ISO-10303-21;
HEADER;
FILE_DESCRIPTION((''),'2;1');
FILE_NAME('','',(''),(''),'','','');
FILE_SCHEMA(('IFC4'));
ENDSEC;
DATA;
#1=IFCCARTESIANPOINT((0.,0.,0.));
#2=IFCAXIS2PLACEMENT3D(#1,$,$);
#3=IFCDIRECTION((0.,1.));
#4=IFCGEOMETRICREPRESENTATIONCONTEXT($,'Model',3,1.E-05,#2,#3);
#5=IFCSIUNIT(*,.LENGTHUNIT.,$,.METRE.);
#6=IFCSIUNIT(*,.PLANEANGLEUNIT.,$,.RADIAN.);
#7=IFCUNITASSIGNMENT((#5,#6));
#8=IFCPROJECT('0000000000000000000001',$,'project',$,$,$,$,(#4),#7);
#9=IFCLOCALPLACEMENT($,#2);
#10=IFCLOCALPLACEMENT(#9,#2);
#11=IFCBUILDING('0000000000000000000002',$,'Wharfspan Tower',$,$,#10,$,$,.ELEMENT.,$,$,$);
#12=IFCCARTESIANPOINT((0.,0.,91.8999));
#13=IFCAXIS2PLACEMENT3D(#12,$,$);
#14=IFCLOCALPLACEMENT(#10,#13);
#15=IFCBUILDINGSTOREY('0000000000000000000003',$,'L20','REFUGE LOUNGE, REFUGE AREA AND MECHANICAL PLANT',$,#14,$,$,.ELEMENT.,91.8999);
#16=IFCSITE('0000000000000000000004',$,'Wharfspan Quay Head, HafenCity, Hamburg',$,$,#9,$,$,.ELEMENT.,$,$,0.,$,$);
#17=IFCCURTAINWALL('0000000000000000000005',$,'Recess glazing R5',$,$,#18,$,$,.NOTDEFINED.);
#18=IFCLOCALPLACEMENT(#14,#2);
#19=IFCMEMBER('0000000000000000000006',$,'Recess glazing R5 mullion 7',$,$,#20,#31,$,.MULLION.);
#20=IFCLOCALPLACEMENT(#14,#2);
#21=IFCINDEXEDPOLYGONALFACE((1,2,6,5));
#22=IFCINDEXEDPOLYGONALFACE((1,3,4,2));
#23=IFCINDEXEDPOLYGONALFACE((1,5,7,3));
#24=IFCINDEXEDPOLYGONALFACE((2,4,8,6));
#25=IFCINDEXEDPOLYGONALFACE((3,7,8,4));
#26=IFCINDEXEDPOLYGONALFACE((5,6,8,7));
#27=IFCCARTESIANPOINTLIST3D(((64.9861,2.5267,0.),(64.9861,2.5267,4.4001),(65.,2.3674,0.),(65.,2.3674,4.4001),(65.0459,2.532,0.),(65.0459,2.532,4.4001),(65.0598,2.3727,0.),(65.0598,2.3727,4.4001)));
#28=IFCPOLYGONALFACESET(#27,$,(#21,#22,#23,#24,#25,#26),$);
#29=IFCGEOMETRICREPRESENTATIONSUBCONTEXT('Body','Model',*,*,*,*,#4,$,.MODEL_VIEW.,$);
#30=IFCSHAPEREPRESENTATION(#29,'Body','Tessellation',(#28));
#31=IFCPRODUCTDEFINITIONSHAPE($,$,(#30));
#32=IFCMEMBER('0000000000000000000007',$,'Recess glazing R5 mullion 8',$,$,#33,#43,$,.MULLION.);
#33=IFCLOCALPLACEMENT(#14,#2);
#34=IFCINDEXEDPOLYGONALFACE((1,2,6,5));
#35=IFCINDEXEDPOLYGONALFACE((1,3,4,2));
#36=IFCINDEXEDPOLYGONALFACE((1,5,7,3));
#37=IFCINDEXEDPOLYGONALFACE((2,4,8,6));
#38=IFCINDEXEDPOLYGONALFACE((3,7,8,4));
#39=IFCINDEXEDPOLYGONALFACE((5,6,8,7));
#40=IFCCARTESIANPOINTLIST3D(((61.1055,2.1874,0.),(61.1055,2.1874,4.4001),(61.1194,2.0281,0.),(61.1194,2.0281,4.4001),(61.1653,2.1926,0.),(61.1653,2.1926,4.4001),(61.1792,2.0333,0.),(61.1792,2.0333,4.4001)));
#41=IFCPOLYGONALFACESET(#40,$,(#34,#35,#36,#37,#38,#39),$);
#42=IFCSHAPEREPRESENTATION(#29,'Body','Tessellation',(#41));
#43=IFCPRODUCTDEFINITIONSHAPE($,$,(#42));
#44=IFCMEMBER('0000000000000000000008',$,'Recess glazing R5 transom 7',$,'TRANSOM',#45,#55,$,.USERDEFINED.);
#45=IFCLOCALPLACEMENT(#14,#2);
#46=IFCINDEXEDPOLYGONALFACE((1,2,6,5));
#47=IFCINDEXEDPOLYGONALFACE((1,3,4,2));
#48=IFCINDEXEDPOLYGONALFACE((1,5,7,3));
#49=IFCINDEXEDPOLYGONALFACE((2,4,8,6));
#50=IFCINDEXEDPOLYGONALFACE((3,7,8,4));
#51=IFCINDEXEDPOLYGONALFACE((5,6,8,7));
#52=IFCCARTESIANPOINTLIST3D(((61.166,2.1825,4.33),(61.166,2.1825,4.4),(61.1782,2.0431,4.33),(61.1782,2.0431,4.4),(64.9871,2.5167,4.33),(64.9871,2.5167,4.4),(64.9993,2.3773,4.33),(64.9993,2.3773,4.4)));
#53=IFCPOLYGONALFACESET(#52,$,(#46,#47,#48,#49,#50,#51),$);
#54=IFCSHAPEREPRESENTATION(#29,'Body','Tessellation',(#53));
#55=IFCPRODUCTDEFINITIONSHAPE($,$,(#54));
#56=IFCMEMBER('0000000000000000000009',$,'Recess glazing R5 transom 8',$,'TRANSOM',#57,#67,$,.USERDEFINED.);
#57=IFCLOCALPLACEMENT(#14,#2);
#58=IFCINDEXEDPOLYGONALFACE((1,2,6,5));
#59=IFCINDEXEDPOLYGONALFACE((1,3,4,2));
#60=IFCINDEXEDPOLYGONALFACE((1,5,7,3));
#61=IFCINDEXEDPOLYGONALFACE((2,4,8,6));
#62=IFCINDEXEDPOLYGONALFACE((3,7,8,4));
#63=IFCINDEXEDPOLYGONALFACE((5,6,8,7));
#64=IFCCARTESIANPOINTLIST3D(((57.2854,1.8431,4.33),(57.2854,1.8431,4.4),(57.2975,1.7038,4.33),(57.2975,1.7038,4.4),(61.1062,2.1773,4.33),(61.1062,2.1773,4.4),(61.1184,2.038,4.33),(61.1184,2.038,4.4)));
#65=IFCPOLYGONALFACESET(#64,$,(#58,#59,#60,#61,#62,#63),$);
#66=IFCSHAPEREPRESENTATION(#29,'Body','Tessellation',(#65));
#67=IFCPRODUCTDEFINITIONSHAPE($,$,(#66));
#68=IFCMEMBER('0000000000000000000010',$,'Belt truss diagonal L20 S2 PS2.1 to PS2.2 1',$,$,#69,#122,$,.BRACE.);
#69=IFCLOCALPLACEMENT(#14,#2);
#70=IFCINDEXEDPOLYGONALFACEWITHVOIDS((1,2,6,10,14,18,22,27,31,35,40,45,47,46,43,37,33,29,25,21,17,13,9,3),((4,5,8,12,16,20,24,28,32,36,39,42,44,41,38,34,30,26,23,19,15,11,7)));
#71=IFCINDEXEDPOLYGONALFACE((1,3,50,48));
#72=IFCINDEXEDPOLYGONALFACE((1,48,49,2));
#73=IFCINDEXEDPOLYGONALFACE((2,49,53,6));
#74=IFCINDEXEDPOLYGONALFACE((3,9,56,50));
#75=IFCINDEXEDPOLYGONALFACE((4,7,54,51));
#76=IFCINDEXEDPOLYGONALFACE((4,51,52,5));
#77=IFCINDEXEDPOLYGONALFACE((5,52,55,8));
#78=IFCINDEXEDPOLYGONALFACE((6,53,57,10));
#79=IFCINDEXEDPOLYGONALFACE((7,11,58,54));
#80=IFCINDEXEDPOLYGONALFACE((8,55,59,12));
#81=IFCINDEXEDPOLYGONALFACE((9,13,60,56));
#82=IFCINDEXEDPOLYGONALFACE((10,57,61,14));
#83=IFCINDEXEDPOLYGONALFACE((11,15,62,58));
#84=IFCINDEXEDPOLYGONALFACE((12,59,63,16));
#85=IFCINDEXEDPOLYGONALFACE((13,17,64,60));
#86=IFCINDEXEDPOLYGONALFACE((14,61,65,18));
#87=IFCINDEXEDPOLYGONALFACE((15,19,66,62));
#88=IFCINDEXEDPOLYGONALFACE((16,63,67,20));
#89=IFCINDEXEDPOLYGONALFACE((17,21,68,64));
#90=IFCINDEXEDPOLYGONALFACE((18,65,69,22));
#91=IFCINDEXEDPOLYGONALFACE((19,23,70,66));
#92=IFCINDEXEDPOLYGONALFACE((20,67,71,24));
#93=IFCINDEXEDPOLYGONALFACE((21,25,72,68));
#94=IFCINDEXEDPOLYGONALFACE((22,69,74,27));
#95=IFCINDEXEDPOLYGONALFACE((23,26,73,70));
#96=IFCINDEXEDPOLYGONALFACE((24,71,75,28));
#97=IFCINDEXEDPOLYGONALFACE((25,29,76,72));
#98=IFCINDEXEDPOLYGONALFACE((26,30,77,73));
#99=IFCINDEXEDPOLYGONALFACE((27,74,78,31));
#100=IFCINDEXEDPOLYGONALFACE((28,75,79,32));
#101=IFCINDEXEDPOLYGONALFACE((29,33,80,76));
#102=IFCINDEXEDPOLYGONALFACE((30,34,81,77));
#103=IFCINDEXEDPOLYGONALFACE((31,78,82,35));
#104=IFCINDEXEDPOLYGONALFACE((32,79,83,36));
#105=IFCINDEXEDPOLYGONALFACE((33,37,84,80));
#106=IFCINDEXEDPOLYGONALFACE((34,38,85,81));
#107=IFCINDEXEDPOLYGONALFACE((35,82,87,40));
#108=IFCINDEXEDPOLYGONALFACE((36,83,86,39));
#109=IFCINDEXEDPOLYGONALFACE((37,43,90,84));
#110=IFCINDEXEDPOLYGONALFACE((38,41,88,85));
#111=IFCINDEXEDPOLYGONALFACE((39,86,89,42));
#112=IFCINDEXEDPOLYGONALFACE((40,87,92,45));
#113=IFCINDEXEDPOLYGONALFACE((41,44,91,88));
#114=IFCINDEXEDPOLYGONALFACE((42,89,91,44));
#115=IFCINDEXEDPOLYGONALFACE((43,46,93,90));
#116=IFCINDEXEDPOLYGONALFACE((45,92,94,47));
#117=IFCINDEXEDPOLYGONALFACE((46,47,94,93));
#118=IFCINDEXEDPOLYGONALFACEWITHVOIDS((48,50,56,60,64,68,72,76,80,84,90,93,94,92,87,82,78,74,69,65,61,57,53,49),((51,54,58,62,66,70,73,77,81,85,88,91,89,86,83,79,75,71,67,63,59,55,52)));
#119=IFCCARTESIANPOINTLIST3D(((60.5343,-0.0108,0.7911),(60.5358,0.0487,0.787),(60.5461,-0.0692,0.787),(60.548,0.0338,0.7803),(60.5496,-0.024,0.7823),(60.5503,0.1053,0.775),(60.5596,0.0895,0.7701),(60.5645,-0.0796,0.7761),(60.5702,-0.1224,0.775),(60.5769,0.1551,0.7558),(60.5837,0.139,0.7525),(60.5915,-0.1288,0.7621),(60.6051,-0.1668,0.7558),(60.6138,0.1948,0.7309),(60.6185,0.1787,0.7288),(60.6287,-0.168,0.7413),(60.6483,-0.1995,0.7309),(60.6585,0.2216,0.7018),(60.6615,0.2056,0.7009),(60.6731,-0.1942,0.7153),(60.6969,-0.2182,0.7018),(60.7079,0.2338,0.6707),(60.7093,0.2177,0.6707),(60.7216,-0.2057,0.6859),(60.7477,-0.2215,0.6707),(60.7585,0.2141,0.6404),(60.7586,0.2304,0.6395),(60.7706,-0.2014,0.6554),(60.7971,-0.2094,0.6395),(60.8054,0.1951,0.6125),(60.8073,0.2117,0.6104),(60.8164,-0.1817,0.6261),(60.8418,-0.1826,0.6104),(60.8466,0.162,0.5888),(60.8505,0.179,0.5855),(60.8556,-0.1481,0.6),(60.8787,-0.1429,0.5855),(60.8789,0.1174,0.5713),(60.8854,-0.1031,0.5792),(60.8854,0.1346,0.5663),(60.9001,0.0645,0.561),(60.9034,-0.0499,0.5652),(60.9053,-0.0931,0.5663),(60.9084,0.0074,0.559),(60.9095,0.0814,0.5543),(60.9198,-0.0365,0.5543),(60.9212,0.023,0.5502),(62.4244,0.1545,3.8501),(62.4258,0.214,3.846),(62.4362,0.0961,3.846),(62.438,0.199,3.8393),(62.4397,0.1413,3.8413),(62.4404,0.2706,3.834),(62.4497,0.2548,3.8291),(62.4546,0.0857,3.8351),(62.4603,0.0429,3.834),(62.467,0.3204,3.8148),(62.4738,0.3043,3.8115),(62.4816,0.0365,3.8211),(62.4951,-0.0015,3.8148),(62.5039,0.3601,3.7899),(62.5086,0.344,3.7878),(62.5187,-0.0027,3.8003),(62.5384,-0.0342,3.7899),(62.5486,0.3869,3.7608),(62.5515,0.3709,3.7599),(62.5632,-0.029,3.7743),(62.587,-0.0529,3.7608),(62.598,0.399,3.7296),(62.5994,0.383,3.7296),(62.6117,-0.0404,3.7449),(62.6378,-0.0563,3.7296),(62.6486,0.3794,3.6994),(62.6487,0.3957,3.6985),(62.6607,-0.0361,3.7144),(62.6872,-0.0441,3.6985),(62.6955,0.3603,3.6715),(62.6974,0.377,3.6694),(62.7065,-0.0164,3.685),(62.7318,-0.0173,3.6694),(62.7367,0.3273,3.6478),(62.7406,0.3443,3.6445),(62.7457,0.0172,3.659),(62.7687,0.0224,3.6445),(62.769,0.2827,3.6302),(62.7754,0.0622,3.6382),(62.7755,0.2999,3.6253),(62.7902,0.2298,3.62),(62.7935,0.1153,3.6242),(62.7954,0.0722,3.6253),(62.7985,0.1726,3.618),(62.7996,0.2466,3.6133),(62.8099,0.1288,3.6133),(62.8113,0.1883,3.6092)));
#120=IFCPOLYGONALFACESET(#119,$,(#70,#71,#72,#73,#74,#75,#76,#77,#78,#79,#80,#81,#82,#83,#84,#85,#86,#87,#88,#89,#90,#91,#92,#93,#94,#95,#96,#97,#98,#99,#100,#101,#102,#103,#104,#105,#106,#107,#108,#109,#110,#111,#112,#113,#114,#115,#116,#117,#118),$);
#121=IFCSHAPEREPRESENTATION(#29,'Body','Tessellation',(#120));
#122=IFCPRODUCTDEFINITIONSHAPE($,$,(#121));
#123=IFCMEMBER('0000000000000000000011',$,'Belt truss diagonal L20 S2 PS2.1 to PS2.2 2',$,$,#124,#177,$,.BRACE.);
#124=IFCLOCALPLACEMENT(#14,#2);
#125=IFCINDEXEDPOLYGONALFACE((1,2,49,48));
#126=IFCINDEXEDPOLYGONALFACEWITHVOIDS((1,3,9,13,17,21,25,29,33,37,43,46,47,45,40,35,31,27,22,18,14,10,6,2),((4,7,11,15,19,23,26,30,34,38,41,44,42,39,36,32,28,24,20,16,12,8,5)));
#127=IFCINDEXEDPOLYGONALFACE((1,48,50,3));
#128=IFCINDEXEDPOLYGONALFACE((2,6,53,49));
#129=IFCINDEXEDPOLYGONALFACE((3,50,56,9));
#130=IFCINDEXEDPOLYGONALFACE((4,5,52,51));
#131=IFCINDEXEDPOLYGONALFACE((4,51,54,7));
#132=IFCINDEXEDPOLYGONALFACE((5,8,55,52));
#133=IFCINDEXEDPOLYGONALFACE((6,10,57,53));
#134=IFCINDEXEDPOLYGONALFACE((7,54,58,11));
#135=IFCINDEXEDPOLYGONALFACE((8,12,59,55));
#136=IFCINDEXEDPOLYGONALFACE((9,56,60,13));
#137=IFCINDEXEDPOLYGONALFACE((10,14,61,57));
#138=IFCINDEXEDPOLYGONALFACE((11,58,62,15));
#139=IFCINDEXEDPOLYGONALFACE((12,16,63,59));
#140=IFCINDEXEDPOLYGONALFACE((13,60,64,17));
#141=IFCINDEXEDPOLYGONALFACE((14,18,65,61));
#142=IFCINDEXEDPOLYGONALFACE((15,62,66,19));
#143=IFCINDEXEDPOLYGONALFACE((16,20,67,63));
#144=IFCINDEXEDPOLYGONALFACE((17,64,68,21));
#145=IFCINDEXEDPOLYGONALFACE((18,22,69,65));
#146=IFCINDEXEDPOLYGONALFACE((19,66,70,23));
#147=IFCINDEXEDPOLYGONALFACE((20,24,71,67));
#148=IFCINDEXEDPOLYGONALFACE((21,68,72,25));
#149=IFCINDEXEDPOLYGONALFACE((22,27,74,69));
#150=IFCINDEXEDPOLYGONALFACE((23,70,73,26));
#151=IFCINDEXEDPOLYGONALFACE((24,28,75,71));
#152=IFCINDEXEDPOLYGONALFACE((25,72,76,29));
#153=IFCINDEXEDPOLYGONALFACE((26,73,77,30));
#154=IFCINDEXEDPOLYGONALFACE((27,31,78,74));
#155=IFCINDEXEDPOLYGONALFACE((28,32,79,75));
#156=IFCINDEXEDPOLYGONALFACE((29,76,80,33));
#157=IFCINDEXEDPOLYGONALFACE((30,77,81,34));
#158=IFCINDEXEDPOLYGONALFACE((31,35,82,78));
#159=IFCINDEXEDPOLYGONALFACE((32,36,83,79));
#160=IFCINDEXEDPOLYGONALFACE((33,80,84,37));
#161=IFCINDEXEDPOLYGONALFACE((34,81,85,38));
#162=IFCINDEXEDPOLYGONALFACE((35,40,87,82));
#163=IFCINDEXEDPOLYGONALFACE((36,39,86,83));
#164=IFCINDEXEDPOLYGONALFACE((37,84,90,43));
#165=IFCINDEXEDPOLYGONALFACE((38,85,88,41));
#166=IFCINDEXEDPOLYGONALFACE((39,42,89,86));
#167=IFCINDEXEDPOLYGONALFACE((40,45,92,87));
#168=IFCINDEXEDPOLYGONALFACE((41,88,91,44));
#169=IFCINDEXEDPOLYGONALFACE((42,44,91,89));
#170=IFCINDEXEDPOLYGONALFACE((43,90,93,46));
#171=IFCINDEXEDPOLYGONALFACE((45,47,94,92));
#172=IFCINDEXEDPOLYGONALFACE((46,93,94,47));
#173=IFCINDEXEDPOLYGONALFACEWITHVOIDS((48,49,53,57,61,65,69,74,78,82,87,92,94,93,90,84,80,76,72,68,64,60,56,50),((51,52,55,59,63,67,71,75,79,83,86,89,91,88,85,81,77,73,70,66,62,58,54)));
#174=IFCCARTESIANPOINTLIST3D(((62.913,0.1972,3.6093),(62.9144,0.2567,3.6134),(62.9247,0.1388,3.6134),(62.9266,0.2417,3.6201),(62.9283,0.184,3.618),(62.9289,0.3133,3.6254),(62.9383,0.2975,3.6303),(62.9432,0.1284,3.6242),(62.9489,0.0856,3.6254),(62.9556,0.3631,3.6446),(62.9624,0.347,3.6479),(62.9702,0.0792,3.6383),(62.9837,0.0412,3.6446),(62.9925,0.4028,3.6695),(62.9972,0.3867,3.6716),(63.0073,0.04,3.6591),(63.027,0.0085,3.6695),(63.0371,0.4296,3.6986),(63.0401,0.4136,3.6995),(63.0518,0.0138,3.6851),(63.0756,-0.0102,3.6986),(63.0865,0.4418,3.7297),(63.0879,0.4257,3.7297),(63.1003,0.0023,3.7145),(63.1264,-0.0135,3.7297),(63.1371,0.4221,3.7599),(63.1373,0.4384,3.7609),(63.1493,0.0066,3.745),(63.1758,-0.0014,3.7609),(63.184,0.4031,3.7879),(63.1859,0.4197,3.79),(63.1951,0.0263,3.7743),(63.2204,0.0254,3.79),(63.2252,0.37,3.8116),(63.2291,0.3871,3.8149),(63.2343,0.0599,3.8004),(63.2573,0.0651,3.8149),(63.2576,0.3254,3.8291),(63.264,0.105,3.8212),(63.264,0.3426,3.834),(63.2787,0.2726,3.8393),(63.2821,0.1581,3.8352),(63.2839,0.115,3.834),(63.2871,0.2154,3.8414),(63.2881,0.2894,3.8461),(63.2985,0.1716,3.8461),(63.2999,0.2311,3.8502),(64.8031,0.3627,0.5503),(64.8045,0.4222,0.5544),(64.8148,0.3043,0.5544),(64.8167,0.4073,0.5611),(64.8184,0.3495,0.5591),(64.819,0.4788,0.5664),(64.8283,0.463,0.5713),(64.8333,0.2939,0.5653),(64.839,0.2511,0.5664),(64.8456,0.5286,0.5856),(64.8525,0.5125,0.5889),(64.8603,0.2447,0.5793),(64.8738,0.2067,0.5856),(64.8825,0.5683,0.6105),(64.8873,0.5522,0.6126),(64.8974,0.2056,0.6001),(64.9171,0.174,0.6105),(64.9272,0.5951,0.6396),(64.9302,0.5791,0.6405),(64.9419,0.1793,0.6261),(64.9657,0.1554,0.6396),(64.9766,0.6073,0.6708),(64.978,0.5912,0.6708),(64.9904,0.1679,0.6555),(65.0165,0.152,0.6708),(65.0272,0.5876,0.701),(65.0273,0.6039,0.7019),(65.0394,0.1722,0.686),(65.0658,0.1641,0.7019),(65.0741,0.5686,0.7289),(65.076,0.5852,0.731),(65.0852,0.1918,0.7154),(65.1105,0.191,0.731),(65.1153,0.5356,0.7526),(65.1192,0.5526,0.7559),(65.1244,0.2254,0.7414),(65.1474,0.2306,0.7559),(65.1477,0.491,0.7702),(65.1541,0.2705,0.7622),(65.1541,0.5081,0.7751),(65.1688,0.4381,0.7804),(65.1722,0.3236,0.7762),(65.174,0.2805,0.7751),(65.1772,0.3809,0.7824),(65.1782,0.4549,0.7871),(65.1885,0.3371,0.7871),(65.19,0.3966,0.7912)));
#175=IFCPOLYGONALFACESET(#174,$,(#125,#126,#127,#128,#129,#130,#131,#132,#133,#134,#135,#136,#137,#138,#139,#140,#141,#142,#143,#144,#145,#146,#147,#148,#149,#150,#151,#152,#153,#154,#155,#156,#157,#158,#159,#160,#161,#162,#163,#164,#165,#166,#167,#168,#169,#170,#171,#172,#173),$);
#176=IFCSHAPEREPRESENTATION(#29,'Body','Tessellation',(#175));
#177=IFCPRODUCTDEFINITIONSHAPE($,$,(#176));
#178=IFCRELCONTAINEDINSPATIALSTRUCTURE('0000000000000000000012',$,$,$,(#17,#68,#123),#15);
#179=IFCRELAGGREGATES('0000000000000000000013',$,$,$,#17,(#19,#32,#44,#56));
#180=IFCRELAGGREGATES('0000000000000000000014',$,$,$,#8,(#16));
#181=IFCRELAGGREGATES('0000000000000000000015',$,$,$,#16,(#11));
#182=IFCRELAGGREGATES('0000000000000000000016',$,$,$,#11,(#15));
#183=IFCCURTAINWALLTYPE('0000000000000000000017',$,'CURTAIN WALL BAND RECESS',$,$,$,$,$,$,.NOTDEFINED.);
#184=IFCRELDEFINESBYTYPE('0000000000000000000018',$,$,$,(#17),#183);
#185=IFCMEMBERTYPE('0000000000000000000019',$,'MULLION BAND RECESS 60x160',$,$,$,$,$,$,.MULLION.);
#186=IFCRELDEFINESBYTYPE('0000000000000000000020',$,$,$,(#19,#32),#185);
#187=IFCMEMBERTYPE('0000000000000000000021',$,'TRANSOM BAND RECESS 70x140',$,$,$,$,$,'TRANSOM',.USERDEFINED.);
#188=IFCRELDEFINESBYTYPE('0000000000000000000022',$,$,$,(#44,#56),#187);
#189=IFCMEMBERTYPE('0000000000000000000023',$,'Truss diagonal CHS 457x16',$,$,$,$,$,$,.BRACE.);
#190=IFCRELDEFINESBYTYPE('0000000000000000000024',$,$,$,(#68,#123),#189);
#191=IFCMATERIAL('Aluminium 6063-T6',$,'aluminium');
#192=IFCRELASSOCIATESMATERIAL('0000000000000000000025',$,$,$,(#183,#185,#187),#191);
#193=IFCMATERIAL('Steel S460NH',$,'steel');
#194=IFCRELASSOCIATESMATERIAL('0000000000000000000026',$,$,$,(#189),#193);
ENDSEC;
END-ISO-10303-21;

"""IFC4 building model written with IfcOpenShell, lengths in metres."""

from ifc_helpers import new_model, si_unit, direction, frame, origin, origin_2d, place, context, subcontext, project, spatial, rectangle, hollow_circle, extrude, material, material_profile, profile_set, type_object, element, aggregate, save


model = new_model("IFC4")

# Units and contexts
model_context = context("Model", 3, precision=1e-05, world=origin(), true_north=direction((0.0, 1.0)))
body_context = subcontext(model_context, "Body", "Model", "MODEL_VIEW")
ifc_project = project(units=[si_unit("LENGTHUNIT", "METRE"), si_unit("PLANEANGLEUNIT", "RADIAN")], contexts=[model_context])

# Site, building, storey
site_placement = place(None, origin())
site = spatial("IfcSite", under=ifc_project, at=site_placement, Name="Wharfspan Quay Head, HafenCity, Hamburg", CompositionType="ELEMENT", RefElevation=0.0)
building_placement = place(site_placement, origin())
building = spatial("IfcBuilding", under=site, at=building_placement, Name="Wharfspan Tower", CompositionType="ELEMENT")
storey_placement = place(building_placement, frame((0.0, 0.0, 91.8999)))
storey = spatial("IfcBuildingStorey", under=building, at=storey_placement, Name="L20", Description="REFUGE LOUNGE, REFUGE AREA AND MECHANICAL PLANT", CompositionType="ELEMENT", Elevation=91.8999)

# Curtain wall, members
ifc_material_1 = material(Name="Aluminium 6063-T6", Category="aluminium")
curtain_wall_type = type_object("IfcCurtainWallType", Name="CURTAIN WALL BAND RECESS", PredefinedType="NOTDEFINED", material=ifc_material_1)
curtain_wall_placement = place(storey_placement, origin())
curtain_wall = element("IfcCurtainWall", 1, at=curtain_wall_placement, inside=storey, type_object=curtain_wall_type, Name="Recess glazing R5", PredefinedType="NOTDEFINED")
ifc_material_profile_1 = material_profile(ifc_material_1, rectangle(XDim=0.1599, YDim=0.0601, at=origin_2d()))
ifc_profile_set_1 = profile_set([ifc_material_profile_1], Name="Aluminium 6063-T6")
member_type_1 = type_object("IfcMemberType", Name="MULLION BAND RECESS 60x160", PredefinedType="MULLION", material=ifc_profile_set_1)
member_1_placement = place(storey_placement, frame((65.0229, 2.4497, 0.0), z_axis=(0.0, 0.0, 1.0), x_axis=(0.087156, -0.996198, 0.0)))
member_1 = element("IfcMember", 2, at=member_1_placement, type_object=member_type_1, Name="Recess glazing R5 mullion 7", PredefinedType="MULLION", context=body_context, shape_type="SweptSolid", body=[
    extrude(rectangle(XDim=0.1599, YDim=0.0601, at=origin_2d()), origin(), (0.0, 0.0, 1.0), 4.4001),
])
member_2_placement = place(storey_placement, frame((61.1423, 2.1104, 0.0), z_axis=(0.0, 0.0, 1.0), x_axis=(0.087156, -0.996198, 0.0)))
member_2 = element("IfcMember", 3, at=member_2_placement, type_object=member_type_1, Name="Recess glazing R5 mullion 8", PredefinedType="MULLION", context=body_context, shape_type="SweptSolid", body=[
    extrude(rectangle(XDim=0.1599, YDim=0.0601, at=origin_2d()), origin(), (0.0, 0.0, 1.0), 4.4001),
])
ifc_material_profile_2 = material_profile(ifc_material_1, rectangle(XDim=0.1399, YDim=0.0701, at=origin_2d()))
ifc_profile_set_2 = profile_set([ifc_material_profile_2], Name="Aluminium 6063-T6")
member_type_2 = type_object("IfcMemberType", Name="TRANSOM BAND RECESS 70x140", ElementType="TRANSOM", PredefinedType="USERDEFINED", material=ifc_profile_set_2)
member_3_placement = place(storey_placement, frame((64.9932, 2.447, 4.365), z_axis=(-0.996196, -0.087138, 0.0), x_axis=(0.087138, -0.996196, 0.0)))
member_3 = element("IfcMember", 4, at=member_3_placement, type_object=member_type_2, Name="Recess glazing R5 transom 7", ObjectType="TRANSOM", PredefinedType="USERDEFINED", context=body_context, shape_type="SweptSolid", body=[
    extrude(rectangle(XDim=0.1399, YDim=0.0701, at=origin_2d()), origin(), (0.0, 0.0, 1.0), 3.8357),
])
member_4_placement = place(storey_placement, frame((61.1123, 2.1077, 4.365), z_axis=(-0.996196, -0.087143, 0.0), x_axis=(0.087143, -0.996196, 0.0)))
member_4 = element("IfcMember", 5, at=member_4_placement, type_object=member_type_2, Name="Recess glazing R5 transom 8", ObjectType="TRANSOM", PredefinedType="USERDEFINED", context=body_context, shape_type="SweptSolid", body=[
    extrude(rectangle(XDim=0.1399, YDim=0.0701, at=origin_2d()), origin(), (0.0, 0.0, 1.0), 3.8354),
])

# Members
ifc_material_2 = material(Name="Steel S460NH", Category="steel")
ifc_material_profile_3 = material_profile(ifc_material_2, hollow_circle(Radius=0.2285, WallThickness=0.0161, at=origin_2d()))
ifc_profile_set_3 = profile_set([ifc_material_profile_3], Name="Steel S460NH")
member_type_3 = type_object("IfcMemberType", Name="Truss diagonal CHS 457x16", PredefinedType="BRACE", material=ifc_profile_set_3)
for number, where, z_axis, x_axis, name in (
    (6, (60.7278, 0.0061, 0.6707), (0.52508, 0.045916, 0.849813), (-0.087113, 0.996195, 0.0), "Belt truss diagonal L20 S2 PS2.1 to PS2.2 1"),
    (7, (63.1064, 0.2141, 3.7297), (0.525079, 0.045983, -0.849811), (-0.087241, 0.996185, -0.000001), "Belt truss diagonal L20 S2 PS2.1 to PS2.2 2"),
):
    element("IfcMember", number, at=place(storey_placement, frame(where, z_axis=z_axis, x_axis=x_axis)), inside=storey, type_object=member_type_3, Name=name, PredefinedType="BRACE", context=body_context, shape_type="SweptSolid", body=[
        extrude(hollow_circle(Radius=0.2285, WallThickness=0.0161, at=origin_2d()), origin(), (0.0, 0.0, 1.0), 3.5996),
    ])

aggregate(curtain_wall, [member_1, member_2, member_3, member_4])

save(model, "model.ifc")
